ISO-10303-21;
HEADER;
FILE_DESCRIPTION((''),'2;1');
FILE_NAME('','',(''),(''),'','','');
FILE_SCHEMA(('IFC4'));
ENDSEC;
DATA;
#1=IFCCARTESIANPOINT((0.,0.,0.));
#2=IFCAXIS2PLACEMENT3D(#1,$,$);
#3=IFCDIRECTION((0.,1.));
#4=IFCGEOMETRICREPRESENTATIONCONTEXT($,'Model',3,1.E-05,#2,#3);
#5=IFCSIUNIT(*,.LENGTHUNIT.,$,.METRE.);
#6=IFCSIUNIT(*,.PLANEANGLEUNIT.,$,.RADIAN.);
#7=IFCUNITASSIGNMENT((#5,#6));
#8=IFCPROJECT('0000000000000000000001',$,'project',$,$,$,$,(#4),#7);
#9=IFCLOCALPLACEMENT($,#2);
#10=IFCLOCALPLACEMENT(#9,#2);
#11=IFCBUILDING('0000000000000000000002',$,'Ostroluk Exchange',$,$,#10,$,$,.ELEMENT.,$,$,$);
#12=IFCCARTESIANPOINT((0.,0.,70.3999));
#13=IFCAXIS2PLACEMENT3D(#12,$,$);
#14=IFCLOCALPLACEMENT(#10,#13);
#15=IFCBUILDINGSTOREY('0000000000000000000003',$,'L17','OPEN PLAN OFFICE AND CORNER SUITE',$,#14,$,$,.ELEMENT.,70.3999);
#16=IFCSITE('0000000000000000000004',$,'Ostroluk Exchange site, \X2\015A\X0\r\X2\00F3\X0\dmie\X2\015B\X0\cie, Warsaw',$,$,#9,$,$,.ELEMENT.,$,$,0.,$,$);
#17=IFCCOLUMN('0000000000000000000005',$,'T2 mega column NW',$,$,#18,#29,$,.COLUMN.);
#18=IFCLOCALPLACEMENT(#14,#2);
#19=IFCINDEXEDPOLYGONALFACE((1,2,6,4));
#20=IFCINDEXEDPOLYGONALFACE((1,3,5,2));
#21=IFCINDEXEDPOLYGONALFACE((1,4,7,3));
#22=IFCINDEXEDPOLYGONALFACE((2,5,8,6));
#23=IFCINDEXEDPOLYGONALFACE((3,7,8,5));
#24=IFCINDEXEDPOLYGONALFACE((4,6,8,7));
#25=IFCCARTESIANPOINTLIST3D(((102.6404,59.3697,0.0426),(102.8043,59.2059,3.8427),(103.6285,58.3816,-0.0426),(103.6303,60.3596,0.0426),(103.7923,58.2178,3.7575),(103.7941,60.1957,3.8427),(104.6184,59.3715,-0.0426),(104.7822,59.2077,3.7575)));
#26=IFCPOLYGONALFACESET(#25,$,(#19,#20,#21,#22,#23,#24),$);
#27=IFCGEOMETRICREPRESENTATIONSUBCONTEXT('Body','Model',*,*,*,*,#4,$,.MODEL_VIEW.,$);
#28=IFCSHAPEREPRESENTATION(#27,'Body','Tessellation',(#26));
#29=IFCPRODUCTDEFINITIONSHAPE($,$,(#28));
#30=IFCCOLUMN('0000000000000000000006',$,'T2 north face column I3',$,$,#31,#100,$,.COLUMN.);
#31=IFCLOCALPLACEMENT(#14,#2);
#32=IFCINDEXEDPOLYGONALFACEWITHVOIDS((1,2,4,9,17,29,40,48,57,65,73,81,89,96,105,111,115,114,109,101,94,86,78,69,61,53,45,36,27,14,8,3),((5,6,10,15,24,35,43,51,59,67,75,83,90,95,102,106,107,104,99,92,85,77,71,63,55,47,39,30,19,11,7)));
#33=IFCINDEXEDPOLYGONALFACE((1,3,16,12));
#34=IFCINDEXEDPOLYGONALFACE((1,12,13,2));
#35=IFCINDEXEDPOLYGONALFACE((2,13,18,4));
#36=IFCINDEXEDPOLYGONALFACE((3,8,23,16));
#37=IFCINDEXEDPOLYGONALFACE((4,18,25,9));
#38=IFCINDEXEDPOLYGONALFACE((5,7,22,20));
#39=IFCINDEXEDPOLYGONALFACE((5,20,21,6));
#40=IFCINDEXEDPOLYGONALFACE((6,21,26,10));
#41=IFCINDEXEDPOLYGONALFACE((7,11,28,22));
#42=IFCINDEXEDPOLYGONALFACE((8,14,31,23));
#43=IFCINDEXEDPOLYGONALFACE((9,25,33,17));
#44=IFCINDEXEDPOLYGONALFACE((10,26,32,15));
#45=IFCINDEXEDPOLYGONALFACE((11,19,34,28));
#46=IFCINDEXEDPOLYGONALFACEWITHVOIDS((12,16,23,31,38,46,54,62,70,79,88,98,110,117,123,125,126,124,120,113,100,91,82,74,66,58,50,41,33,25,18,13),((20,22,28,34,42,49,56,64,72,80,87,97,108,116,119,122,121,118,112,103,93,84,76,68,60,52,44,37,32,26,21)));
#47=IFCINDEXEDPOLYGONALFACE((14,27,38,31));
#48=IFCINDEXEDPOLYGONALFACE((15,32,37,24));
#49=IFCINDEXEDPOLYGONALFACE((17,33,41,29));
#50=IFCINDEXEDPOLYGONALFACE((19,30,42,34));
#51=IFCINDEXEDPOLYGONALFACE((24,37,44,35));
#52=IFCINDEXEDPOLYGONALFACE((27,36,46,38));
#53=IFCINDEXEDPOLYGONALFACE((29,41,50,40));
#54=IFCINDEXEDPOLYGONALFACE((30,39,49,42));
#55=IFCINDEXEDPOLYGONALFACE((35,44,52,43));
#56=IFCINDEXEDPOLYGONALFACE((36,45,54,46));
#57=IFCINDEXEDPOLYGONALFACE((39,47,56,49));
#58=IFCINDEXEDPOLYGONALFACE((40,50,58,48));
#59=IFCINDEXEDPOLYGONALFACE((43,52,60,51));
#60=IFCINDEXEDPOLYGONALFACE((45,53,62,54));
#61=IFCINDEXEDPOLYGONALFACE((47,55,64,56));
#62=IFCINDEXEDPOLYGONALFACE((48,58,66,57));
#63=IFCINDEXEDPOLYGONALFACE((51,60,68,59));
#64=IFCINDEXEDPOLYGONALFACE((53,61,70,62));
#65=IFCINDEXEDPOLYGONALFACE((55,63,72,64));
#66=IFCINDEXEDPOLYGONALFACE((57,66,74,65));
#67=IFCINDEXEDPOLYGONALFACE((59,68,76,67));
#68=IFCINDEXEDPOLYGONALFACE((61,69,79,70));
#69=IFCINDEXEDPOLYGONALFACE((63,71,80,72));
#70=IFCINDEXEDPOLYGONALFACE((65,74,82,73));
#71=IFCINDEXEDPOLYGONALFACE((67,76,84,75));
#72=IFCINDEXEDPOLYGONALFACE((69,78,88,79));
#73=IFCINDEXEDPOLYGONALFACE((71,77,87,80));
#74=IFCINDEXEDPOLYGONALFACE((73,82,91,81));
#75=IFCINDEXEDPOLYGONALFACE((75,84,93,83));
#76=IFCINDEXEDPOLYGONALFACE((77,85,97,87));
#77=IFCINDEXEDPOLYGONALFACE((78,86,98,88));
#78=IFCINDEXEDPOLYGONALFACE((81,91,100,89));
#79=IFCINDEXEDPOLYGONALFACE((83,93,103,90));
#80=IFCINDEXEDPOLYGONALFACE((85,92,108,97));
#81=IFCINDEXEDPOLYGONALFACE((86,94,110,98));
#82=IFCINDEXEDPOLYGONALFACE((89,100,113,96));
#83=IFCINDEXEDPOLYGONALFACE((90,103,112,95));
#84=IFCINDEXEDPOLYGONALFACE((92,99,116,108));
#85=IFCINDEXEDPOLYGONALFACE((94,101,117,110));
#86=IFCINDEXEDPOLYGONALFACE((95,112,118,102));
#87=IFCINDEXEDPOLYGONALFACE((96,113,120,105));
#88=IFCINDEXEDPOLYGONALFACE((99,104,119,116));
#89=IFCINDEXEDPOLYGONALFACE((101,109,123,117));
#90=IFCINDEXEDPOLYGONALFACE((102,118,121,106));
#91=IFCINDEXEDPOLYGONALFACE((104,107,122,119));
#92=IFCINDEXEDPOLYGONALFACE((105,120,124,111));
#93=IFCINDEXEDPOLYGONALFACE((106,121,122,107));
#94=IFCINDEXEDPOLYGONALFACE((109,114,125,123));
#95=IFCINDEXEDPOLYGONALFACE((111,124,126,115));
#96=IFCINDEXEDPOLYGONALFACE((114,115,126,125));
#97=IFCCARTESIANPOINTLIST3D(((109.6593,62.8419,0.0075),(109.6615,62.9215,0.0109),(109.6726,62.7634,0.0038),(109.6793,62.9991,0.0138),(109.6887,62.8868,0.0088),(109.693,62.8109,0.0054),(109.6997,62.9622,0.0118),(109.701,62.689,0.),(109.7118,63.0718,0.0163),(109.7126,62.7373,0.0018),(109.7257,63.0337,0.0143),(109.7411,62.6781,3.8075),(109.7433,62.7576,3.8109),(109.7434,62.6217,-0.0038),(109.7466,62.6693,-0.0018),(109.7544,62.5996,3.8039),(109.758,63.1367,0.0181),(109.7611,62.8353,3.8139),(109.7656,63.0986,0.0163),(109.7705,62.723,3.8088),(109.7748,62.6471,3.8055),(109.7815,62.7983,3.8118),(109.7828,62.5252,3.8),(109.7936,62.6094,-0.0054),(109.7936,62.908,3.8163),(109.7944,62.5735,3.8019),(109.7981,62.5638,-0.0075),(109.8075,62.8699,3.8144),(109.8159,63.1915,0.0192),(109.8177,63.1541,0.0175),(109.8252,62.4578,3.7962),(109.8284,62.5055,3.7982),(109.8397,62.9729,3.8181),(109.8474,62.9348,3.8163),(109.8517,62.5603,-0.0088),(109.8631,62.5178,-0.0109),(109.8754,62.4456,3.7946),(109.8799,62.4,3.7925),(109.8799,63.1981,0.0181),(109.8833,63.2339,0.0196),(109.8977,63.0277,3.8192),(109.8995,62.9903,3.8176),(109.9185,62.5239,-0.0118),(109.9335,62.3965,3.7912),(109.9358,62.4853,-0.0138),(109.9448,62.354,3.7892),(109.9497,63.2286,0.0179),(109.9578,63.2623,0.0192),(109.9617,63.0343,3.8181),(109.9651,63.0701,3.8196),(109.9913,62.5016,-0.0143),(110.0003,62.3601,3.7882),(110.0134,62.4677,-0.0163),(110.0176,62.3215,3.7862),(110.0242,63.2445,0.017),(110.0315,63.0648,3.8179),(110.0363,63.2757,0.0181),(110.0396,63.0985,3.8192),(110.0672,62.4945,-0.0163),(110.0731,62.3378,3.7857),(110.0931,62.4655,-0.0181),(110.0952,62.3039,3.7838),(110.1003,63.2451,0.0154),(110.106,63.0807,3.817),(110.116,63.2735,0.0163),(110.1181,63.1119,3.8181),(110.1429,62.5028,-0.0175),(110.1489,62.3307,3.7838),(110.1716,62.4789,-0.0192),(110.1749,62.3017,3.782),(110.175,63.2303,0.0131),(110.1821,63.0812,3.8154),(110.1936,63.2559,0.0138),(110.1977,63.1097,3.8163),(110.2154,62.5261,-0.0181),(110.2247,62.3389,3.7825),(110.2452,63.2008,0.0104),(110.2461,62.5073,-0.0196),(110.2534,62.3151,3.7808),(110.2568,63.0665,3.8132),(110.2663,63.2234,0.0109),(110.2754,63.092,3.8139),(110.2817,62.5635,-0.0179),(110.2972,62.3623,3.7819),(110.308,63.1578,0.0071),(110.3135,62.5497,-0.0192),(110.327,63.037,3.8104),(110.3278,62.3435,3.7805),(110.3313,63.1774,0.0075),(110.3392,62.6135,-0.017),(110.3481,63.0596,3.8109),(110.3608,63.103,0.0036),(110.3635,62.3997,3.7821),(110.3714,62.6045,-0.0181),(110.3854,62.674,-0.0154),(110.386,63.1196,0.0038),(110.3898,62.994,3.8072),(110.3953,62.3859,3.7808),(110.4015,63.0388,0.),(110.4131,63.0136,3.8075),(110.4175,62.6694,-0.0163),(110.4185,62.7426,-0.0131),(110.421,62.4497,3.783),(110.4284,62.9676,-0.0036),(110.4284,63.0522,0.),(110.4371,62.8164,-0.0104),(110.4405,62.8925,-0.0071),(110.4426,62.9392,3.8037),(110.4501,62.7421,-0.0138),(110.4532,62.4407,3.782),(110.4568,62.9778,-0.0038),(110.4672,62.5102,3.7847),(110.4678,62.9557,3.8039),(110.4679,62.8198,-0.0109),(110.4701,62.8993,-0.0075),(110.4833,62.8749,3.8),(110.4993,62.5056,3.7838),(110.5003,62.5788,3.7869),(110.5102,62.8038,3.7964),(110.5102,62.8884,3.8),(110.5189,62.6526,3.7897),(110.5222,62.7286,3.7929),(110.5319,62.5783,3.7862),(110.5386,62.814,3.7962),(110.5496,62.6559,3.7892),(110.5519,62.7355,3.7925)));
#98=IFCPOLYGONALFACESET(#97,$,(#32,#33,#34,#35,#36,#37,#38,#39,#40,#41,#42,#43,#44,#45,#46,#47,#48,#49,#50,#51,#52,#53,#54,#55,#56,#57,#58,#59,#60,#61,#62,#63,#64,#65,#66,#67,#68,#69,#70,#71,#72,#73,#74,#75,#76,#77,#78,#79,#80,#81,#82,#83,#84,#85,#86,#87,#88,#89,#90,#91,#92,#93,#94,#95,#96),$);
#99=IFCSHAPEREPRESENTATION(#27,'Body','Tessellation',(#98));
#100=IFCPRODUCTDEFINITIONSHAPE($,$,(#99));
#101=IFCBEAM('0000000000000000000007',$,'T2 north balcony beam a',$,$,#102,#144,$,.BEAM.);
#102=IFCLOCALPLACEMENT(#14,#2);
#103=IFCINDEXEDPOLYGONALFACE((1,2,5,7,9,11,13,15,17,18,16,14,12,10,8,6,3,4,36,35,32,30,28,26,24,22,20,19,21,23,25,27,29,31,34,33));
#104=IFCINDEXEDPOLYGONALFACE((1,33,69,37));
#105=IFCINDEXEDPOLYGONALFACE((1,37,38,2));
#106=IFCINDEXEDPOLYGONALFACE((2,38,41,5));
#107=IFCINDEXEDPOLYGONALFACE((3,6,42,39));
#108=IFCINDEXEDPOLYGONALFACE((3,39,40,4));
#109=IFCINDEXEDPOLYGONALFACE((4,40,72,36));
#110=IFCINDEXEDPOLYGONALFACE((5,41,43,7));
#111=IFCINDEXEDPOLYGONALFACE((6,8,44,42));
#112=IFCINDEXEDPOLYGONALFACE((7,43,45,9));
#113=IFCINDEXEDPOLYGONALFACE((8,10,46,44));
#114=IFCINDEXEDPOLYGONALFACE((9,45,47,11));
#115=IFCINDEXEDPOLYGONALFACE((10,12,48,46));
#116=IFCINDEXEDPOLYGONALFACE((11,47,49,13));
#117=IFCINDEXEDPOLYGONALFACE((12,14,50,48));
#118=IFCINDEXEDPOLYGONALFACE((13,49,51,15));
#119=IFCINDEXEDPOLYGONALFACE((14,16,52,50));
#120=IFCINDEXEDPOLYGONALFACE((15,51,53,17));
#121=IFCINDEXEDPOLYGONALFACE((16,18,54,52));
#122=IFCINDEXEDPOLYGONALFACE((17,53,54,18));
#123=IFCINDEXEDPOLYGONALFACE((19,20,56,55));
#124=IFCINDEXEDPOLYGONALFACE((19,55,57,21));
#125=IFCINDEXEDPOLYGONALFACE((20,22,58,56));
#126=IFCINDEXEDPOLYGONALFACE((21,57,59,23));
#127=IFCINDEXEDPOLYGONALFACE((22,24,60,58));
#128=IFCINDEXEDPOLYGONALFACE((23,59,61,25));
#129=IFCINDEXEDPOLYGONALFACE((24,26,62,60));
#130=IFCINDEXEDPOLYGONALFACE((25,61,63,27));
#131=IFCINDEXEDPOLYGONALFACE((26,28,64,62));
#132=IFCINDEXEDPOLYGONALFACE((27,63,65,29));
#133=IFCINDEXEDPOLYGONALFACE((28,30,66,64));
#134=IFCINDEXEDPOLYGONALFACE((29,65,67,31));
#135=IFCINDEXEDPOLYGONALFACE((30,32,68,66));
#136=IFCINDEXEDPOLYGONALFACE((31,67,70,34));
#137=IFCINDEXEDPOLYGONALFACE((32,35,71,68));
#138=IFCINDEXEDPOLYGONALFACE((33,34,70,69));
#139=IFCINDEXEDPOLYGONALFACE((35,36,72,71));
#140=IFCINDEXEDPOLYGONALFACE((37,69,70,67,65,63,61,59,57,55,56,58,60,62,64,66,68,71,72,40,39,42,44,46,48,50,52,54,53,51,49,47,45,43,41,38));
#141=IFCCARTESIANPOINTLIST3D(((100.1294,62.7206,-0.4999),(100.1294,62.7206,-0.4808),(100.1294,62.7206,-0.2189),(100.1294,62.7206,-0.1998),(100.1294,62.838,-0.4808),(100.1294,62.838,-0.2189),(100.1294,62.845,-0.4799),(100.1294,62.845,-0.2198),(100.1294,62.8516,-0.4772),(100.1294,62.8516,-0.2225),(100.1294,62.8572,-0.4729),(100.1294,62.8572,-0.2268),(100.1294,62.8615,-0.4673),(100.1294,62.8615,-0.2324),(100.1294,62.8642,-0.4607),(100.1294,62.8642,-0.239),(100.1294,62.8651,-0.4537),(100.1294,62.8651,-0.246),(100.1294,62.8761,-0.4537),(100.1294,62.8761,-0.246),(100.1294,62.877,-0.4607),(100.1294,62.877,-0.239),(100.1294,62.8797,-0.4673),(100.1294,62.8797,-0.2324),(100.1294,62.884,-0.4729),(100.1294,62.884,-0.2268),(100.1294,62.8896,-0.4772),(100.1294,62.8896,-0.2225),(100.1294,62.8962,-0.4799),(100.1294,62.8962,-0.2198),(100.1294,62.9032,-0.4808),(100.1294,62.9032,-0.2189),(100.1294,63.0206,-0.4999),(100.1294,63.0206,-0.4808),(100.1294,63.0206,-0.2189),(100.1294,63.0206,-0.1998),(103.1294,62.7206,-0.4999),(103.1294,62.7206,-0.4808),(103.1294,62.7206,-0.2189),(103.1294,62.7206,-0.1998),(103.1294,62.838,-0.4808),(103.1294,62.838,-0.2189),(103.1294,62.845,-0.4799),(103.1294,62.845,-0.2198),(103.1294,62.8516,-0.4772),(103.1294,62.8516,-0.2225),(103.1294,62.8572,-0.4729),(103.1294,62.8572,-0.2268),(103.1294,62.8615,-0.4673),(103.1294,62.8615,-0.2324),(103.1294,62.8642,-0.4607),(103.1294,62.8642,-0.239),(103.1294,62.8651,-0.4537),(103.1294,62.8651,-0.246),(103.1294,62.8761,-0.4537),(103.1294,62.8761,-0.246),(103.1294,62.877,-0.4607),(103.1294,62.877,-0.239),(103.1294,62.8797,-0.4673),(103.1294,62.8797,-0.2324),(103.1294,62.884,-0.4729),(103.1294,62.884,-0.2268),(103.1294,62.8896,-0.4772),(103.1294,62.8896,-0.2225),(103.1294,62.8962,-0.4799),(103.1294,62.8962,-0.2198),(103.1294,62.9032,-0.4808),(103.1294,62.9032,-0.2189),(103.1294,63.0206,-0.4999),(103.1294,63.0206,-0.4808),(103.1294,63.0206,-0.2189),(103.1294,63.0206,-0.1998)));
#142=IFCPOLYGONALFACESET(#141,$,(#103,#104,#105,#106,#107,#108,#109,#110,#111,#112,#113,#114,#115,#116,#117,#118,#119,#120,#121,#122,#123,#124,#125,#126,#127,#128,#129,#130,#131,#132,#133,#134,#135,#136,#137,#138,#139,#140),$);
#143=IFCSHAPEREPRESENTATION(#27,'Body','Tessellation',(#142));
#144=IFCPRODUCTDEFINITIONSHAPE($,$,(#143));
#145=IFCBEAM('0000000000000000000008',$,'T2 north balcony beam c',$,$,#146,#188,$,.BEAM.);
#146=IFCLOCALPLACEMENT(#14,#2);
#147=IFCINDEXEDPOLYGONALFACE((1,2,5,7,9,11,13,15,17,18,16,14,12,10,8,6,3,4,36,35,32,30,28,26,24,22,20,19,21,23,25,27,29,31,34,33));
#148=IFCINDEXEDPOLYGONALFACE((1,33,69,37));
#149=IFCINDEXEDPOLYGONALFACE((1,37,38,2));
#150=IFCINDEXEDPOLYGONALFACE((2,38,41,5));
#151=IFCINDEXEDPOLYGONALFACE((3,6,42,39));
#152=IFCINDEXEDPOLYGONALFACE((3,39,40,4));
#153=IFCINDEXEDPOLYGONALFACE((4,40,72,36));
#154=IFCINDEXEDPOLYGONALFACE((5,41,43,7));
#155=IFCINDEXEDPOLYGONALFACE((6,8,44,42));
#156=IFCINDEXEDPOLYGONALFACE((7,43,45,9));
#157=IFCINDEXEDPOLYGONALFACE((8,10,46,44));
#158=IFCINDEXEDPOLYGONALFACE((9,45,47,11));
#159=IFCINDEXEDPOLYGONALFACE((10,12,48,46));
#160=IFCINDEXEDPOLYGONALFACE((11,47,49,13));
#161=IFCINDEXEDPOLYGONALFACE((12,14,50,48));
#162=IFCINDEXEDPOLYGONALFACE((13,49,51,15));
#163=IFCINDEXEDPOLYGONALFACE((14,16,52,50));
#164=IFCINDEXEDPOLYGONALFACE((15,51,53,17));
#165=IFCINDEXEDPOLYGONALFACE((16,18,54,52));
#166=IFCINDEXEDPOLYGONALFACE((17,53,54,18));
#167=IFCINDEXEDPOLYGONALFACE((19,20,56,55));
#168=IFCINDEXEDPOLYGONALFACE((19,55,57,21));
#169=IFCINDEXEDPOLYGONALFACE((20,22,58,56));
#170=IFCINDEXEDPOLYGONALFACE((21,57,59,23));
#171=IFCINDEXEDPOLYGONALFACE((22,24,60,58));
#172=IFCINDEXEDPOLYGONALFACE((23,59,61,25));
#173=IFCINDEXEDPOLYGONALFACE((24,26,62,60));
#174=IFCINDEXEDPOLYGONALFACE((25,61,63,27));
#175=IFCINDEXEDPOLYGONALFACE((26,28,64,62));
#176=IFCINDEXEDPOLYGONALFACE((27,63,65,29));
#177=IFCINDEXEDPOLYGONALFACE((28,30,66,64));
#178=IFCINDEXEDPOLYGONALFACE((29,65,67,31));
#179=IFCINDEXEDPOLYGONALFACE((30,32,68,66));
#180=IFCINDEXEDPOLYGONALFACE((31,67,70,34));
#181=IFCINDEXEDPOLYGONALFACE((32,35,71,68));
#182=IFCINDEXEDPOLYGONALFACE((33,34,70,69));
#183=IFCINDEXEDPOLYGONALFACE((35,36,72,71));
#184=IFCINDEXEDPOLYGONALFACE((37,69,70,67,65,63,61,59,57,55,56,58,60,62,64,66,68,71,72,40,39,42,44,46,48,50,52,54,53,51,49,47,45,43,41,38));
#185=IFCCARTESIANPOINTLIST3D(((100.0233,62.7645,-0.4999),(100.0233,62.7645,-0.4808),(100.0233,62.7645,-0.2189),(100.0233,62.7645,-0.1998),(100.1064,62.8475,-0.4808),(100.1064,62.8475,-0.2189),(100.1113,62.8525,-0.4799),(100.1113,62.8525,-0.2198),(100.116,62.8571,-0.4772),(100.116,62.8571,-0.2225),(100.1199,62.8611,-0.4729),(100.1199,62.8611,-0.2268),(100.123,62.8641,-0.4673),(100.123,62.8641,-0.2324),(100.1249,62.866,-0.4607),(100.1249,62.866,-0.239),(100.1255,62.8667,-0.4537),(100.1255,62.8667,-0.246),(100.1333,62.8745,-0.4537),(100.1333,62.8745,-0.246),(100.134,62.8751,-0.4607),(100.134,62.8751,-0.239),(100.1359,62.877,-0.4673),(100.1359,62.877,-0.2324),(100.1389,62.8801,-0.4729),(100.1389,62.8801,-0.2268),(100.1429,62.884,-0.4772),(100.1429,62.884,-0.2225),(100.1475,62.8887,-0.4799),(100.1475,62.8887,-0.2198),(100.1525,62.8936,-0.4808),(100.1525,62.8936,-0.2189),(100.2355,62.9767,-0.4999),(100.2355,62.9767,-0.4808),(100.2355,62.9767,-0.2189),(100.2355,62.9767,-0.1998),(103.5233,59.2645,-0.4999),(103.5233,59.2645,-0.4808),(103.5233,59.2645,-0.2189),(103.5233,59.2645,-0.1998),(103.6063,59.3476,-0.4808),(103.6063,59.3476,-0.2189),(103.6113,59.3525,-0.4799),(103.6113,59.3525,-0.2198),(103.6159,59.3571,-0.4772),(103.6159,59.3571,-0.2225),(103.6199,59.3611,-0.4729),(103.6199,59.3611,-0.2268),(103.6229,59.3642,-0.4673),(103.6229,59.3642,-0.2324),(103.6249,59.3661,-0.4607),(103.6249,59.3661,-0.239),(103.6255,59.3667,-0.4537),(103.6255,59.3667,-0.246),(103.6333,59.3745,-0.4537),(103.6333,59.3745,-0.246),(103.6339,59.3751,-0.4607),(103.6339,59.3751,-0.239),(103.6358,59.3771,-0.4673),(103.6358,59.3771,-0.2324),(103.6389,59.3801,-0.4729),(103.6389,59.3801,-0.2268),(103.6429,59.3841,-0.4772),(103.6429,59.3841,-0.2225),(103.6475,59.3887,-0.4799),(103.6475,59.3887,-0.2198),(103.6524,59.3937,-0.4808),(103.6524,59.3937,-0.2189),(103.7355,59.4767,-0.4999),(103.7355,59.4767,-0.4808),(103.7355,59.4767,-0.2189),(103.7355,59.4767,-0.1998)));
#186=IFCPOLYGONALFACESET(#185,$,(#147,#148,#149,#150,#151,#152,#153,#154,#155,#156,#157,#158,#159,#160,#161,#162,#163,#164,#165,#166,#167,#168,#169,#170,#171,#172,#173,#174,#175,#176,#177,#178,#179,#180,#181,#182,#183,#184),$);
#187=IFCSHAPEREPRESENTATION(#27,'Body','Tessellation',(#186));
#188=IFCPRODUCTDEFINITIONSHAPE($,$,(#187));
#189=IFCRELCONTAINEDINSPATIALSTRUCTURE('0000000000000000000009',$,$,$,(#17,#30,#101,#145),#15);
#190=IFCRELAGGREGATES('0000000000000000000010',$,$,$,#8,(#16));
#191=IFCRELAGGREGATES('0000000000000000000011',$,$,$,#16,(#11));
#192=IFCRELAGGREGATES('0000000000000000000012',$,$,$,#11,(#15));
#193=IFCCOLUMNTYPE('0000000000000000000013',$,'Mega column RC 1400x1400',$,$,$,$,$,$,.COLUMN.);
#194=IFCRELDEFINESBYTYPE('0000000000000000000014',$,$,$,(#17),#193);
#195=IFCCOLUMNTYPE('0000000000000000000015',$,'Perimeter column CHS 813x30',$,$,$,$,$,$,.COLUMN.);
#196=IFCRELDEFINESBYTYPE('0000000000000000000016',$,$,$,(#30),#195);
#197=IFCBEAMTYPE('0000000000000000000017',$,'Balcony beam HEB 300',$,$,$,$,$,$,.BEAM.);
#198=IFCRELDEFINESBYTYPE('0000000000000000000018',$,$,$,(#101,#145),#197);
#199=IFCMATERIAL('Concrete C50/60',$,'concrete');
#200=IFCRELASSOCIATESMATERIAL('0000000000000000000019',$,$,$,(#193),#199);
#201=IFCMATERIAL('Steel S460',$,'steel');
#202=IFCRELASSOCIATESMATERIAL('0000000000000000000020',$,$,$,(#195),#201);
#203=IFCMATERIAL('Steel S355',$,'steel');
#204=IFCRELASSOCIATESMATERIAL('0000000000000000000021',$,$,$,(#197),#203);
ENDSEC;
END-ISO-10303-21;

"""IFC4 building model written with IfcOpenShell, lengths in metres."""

from ifc_helpers import new_model, si_unit, direction, frame, origin, origin_2d, place, context, subcontext, project, spatial, rectangle, hollow_circle, i_section, extrude, material, material_profile, profile_set, type_object, element, save


model = new_model("IFC4")

# Units and contexts
model_context = context("Model", 3, precision=1e-05, world=origin(), true_north=direction((0.0, 1.0)))
body_context = subcontext(model_context, "Body", "Model", "MODEL_VIEW")
ifc_project = project(units=[si_unit("LENGTHUNIT", "METRE"), si_unit("PLANEANGLEUNIT", "RADIAN")], contexts=[model_context])

# Site, building, storey
site_placement = place(None, origin())
site = spatial("IfcSite", under=ifc_project, at=site_placement, Name="Ostroluk Exchange site, Śródmieście, Warsaw", CompositionType="ELEMENT", RefElevation=0.0)
building_placement = place(site_placement, origin())
building = spatial("IfcBuilding", under=site, at=building_placement, Name="Ostroluk Exchange", CompositionType="ELEMENT")
storey_placement = place(building_placement, frame((0.0, 0.0, 70.3999)))
storey = spatial("IfcBuildingStorey", under=building, at=storey_placement, Name="L17", Description="OPEN PLAN OFFICE AND CORNER SUITE", CompositionType="ELEMENT", Elevation=70.3999)

# Columns
ifc_material_1 = material(Name="Concrete C50/60", Category="concrete")
ifc_material_profile_1 = material_profile(ifc_material_1, rectangle(XDim=1.3999, YDim=1.3999, at=origin_2d()), Name="RC 1400x1400")
ifc_profile_set_1 = profile_set([ifc_material_profile_1], Name="Concrete C50/60")
column_type_1 = type_object("IfcColumnType", Name="Mega column RC 1400x1400", PredefinedType="COLUMN", material=ifc_profile_set_1)
column_1_placement = place(storey_placement, frame((103.6294, 59.3706, 0.0), z_axis=(0.04303, -0.04303, 0.998147), x_axis=(0.707107, 0.707107, 0.0)))
element("IfcColumn", 1, at=column_1_placement, inside=storey, type_object=column_type_1, Name="T2 mega column NW", PredefinedType="COLUMN", context=body_context, shape_type="SweptSolid", body=[
    extrude(rectangle(XDim=1.3999, YDim=1.3999, at=origin_2d()), origin(), (0.0, 0.0, 1.0), 3.8071),
])
ifc_material_2 = material(Name="Steel S460", Category="steel")
ifc_material_profile_2 = material_profile(ifc_material_2, hollow_circle(Radius=0.4065, WallThickness=0.03, at=origin_2d()), Name="CHS 813x30")
ifc_profile_set_2 = profile_set([ifc_material_profile_2], Name="Steel S460")
column_type_2 = type_object("IfcColumnType", Name="Perimeter column CHS 813x30", PredefinedType="COLUMN", material=ifc_profile_set_2)
column_2_placement = place(storey_placement, frame((110.0647, 62.8706, 0.0), z_axis=(0.021498, -0.04306, 0.998841), x_axis=(0.894694, 0.44668, 0.0)))
element("IfcColumn", 2, at=column_2_placement, inside=storey, type_object=column_type_2, Name="T2 north face column I3", PredefinedType="COLUMN", context=body_context, shape_type="SweptSolid", body=[
    extrude(hollow_circle(Radius=0.4065, WallThickness=0.03, at=origin_2d()), origin(), (0.0, 0.0, 1.0), 3.8044),
])

# Beams
ifc_material_3 = material(Name="Steel S355", Category="steel")
ifc_material_profile_3 = material_profile(ifc_material_3, i_section(OverallWidth=0.3, OverallDepth=0.3, WebThickness=0.011, FlangeThickness=0.019, FilletRadius=0.0271, at=origin_2d()), Name="HEB 300")
ifc_profile_set_3 = profile_set([ifc_material_profile_3], Name="Steel S355")
beam_type_1 = type_object("IfcBeamType", Name="Balcony beam HEB 300", PredefinedType="BEAM", material=ifc_profile_set_3)
beam_1_placement = place(storey_placement, frame((103.1294, 62.8706, -0.3499), z_axis=(-1.0, 0.0, 0.0), x_axis=(0.0, -1.0, 0.0)))
element("IfcBeam", 3, at=beam_1_placement, inside=storey, type_object=beam_type_1, Name="T2 north balcony beam a", PredefinedType="BEAM", context=body_context, shape_type="SweptSolid", body=[
    extrude(i_section(OverallWidth=0.3, OverallDepth=0.3, WebThickness=0.011, FlangeThickness=0.019, FilletRadius=0.0271, at=origin_2d()), origin(), (0.0, 0.0, 1.0), 3.0),
])
beam_2_placement = place(storey_placement, frame((103.6294, 59.3706, -0.3499), z_axis=(-0.707107, 0.707107, 0.0), x_axis=(-0.707107, -0.707107, 0.0)))
element("IfcBeam", 4, at=beam_2_placement, inside=storey, type_object=beam_type_1, Name="T2 north balcony beam c", PredefinedType="BEAM", context=body_context, shape_type="SweptSolid", body=[
    extrude(i_section(OverallWidth=0.3, OverallDepth=0.3, WebThickness=0.011, FlangeThickness=0.019, FilletRadius=0.0271, at=origin_2d()), origin(), (0.0, 0.0, 1.0), 4.9497),
])

save(model, "model.ifc")
